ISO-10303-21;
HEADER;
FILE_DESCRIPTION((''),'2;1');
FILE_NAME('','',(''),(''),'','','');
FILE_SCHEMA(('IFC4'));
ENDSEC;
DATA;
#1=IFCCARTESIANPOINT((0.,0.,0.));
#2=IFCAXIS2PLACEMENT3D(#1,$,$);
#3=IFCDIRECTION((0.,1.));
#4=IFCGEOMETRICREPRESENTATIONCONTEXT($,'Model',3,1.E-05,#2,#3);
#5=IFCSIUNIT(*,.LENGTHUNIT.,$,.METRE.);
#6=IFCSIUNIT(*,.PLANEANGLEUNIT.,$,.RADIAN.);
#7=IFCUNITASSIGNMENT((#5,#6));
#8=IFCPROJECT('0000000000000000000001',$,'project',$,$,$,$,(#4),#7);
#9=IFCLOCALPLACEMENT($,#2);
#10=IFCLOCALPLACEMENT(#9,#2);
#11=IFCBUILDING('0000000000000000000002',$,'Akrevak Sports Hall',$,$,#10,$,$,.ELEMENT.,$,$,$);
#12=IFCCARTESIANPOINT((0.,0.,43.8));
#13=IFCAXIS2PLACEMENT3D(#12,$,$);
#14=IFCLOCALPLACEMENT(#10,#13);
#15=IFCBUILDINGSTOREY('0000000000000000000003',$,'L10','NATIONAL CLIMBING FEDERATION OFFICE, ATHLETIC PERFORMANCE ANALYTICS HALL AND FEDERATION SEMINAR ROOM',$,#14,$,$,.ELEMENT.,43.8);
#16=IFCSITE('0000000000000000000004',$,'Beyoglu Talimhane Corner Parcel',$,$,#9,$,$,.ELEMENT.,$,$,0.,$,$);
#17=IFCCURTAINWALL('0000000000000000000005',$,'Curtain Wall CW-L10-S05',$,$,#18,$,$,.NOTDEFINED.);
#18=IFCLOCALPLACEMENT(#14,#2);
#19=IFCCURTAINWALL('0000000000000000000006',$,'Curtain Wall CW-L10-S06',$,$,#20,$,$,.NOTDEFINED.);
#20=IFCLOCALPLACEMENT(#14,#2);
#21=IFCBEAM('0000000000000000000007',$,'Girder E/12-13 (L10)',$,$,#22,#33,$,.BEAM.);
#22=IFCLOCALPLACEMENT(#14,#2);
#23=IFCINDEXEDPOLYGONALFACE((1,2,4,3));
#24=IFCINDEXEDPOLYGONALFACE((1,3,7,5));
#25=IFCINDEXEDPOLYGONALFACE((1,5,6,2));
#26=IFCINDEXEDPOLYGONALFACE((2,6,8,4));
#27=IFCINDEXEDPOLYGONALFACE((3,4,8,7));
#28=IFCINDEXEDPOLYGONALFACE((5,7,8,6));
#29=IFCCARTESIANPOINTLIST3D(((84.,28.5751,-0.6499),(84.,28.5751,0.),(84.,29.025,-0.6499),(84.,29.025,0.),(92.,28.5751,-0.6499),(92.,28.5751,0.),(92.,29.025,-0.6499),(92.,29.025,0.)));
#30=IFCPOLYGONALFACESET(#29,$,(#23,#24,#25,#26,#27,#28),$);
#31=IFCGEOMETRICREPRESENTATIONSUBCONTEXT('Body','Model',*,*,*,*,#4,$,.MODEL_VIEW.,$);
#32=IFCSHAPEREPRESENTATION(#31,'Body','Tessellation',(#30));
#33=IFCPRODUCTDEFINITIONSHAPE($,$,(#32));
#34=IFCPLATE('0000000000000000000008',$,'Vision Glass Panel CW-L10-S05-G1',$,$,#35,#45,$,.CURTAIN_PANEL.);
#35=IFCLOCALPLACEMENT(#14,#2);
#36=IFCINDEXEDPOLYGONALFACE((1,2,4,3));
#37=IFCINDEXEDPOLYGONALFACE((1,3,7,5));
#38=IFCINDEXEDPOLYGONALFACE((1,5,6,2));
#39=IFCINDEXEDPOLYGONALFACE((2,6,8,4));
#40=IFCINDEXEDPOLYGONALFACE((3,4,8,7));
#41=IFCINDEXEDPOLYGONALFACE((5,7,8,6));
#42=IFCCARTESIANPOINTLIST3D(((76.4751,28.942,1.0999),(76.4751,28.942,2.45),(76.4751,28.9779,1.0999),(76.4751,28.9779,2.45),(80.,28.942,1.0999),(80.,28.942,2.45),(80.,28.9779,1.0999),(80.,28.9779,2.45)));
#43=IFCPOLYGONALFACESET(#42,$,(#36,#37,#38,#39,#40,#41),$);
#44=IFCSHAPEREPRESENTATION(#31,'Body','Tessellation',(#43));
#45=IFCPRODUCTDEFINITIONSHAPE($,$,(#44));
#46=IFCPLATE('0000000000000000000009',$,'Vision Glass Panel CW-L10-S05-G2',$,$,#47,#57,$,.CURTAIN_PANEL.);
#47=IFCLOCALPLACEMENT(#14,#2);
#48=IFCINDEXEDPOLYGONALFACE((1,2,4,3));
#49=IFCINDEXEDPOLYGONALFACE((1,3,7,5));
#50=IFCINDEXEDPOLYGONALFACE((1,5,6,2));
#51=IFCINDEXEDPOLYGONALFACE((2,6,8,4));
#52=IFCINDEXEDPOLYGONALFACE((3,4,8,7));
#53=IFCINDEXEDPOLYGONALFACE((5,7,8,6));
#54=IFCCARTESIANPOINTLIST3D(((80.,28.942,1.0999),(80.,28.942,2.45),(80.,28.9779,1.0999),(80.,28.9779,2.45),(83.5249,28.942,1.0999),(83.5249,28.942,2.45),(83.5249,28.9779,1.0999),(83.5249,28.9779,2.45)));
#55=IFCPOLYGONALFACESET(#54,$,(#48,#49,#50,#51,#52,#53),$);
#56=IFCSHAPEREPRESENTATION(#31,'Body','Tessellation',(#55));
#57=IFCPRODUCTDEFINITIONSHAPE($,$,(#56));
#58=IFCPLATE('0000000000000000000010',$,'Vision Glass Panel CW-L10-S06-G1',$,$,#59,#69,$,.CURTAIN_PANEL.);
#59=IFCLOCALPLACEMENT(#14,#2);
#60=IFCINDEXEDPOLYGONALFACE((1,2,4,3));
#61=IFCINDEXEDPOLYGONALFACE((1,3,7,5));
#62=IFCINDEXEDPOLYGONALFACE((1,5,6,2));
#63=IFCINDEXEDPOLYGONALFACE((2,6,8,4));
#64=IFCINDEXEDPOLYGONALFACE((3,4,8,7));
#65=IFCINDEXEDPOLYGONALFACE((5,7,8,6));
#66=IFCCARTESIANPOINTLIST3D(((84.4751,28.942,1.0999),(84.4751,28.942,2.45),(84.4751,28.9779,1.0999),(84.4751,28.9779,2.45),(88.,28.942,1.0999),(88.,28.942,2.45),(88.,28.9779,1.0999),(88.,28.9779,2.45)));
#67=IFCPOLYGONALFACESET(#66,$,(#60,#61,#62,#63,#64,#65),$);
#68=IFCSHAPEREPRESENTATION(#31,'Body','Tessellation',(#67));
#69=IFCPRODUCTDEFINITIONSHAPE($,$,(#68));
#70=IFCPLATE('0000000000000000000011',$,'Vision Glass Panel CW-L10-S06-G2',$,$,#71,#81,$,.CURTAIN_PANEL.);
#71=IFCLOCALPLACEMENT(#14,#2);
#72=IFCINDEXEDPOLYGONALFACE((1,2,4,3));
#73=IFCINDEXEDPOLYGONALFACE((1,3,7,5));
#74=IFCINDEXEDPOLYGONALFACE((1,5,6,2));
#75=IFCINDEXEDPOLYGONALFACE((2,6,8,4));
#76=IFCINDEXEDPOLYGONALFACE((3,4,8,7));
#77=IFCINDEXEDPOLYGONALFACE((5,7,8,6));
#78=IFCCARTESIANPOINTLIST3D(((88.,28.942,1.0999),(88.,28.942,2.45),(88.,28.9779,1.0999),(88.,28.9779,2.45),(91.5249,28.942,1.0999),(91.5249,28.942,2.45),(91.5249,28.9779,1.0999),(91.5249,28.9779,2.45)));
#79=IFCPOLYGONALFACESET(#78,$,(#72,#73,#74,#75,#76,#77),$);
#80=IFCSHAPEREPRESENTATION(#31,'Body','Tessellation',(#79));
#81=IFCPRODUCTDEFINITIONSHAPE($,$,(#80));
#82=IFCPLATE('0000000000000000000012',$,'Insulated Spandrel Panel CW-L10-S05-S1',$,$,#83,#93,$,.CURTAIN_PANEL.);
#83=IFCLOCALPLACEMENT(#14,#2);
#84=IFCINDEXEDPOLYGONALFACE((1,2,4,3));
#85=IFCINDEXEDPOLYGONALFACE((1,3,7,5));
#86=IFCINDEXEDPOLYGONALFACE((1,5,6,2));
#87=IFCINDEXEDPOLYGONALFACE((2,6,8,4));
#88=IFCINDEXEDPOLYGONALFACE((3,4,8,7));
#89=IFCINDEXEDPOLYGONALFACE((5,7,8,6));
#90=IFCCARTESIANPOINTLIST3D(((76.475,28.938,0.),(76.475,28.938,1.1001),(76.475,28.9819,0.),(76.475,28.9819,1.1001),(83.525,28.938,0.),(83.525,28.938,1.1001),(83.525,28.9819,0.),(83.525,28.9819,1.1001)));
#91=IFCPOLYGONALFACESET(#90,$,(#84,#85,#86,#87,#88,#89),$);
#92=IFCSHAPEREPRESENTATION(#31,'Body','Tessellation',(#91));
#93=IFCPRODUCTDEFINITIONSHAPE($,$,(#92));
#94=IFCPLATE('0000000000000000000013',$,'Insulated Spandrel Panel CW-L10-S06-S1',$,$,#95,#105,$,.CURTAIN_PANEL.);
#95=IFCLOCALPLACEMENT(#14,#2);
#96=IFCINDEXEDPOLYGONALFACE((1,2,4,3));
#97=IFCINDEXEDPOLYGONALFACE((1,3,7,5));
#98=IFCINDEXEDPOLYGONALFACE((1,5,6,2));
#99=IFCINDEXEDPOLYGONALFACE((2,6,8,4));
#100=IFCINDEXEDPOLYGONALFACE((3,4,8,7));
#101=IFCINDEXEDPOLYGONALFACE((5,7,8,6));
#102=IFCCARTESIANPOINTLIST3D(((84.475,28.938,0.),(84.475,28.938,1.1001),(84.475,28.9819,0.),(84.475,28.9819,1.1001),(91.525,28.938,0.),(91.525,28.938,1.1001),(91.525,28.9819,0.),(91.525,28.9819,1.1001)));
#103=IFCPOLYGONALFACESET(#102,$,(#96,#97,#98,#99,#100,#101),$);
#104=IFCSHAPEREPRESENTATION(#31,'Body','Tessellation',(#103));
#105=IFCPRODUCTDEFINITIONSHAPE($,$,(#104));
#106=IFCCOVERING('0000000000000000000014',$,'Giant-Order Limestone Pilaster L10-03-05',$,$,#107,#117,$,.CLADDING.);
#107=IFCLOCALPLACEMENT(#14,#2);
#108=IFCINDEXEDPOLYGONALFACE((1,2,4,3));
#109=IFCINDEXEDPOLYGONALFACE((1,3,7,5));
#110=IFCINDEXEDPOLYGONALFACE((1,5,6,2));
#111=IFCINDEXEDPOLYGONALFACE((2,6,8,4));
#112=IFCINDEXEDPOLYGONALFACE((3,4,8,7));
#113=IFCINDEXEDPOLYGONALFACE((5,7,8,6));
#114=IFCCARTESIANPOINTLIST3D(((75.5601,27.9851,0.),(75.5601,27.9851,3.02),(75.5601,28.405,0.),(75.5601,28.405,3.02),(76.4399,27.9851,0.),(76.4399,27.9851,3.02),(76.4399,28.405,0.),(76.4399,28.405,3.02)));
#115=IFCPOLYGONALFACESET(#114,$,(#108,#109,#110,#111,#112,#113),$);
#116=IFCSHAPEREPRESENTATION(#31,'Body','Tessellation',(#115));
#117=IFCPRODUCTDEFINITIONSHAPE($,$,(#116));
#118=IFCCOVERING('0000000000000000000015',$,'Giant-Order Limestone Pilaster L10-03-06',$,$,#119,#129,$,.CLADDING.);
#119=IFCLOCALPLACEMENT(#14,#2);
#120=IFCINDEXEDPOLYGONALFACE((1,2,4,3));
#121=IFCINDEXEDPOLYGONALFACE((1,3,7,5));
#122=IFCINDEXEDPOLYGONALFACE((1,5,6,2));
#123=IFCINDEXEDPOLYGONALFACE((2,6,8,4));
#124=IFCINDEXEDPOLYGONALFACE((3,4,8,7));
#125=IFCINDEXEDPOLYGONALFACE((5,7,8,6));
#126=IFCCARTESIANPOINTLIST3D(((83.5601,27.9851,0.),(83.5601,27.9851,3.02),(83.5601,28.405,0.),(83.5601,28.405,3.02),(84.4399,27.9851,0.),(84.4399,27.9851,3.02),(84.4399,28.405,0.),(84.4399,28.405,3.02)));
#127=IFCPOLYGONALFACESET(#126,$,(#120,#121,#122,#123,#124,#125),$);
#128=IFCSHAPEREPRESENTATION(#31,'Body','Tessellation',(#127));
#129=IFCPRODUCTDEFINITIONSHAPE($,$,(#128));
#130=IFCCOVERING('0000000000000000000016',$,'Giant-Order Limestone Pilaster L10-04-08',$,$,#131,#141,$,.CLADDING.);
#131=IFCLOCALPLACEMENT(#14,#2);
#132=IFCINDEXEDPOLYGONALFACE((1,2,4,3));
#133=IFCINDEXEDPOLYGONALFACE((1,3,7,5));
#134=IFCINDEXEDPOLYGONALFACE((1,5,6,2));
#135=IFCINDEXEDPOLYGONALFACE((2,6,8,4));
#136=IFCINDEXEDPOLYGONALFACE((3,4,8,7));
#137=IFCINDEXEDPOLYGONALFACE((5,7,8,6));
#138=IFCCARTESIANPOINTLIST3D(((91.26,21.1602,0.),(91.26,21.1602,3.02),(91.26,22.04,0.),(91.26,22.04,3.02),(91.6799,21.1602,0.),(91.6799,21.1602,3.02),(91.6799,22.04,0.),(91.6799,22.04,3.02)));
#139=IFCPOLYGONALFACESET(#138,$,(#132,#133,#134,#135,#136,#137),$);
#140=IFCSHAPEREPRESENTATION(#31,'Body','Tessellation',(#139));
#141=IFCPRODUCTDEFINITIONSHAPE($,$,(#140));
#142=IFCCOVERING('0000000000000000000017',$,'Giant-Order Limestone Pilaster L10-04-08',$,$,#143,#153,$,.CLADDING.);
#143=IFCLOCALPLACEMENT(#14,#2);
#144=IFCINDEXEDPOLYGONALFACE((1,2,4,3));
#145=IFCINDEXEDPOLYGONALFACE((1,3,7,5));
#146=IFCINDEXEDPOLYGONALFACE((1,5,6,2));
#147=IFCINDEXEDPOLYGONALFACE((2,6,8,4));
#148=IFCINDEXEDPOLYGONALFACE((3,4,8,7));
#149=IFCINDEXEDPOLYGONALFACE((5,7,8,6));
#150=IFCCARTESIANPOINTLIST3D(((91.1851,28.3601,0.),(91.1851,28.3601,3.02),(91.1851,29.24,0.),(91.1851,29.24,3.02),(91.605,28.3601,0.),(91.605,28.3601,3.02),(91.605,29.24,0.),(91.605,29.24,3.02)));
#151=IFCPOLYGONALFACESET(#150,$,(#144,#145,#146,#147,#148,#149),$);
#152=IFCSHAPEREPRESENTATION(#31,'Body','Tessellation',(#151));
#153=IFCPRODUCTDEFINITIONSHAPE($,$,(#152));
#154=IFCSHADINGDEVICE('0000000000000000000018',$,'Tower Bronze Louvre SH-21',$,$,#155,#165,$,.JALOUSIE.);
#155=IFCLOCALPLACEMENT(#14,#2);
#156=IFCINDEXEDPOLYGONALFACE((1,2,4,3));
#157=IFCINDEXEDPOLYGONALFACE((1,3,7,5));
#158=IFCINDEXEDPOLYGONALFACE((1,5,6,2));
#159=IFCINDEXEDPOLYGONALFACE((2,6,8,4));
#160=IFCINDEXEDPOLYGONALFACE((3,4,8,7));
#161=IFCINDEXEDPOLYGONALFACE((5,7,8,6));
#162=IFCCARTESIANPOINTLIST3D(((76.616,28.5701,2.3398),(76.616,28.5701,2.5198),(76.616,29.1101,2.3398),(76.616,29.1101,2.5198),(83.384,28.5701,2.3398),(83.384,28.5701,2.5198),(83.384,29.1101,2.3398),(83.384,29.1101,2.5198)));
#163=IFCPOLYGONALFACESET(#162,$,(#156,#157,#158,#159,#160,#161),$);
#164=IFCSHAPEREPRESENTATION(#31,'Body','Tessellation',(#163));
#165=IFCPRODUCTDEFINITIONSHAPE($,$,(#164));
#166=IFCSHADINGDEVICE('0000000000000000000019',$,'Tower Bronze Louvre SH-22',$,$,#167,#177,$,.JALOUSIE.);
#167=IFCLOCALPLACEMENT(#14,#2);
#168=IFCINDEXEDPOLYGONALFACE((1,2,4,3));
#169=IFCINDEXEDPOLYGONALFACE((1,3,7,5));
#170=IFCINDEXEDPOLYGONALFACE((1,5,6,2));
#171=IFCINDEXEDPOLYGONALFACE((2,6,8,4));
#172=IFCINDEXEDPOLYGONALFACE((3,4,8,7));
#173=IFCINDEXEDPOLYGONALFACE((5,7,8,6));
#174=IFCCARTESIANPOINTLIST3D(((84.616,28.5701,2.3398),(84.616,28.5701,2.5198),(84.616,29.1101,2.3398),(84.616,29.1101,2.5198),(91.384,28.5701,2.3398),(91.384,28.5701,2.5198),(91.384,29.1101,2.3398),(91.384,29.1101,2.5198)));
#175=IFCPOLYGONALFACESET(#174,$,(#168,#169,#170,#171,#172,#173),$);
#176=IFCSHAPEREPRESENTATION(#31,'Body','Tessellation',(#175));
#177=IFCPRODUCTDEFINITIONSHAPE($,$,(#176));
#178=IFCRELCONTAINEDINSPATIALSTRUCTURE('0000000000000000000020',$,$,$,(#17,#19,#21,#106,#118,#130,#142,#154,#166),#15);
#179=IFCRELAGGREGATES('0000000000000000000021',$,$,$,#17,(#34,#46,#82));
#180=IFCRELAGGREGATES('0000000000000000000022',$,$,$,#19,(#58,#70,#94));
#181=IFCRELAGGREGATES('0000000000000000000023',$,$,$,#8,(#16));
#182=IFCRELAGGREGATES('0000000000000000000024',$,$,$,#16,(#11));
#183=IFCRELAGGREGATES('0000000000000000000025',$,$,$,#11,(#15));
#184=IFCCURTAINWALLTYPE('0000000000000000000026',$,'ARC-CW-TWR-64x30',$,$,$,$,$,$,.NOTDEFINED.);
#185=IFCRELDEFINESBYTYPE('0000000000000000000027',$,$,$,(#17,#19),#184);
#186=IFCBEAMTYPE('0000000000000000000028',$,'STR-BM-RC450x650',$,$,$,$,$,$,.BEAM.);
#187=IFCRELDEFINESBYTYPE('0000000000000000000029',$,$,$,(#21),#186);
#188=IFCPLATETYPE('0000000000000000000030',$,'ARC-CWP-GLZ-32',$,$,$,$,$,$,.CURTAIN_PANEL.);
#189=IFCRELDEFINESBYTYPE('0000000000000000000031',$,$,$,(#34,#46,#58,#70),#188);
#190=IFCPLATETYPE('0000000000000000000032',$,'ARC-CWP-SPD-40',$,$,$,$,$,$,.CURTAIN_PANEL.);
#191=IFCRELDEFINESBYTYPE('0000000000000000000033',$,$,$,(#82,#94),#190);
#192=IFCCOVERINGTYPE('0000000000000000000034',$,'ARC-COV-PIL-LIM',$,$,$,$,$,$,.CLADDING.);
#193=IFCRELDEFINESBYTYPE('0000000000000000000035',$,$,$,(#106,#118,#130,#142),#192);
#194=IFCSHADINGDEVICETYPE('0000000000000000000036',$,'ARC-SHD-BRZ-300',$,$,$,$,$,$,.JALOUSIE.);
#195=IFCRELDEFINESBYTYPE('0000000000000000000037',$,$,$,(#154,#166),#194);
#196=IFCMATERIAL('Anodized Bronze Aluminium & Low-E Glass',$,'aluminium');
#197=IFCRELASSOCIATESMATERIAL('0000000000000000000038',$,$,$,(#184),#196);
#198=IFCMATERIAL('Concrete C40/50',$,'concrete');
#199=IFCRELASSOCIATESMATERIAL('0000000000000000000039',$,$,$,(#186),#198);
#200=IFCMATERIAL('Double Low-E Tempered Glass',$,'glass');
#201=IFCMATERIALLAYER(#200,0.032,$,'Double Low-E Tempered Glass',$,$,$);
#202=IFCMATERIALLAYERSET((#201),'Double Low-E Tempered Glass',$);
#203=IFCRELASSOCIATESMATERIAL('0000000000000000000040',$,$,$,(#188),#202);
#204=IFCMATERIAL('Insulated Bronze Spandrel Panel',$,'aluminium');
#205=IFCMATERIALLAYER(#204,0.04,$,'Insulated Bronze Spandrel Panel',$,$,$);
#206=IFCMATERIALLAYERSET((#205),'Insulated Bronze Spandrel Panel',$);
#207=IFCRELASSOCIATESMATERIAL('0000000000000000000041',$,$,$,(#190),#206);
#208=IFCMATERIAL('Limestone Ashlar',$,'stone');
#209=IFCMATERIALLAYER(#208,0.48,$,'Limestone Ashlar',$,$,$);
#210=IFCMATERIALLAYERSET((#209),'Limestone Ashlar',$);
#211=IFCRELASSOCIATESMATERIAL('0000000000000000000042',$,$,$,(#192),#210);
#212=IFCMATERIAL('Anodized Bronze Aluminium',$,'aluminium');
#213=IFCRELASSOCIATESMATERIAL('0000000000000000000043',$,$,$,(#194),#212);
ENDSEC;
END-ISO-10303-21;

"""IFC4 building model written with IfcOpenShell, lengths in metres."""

from ifc_helpers import new_model, si_unit, direction, frame, origin, origin_2d, place, context, subcontext, project, spatial, rectangle, extrude, material, layer, layer_set, material_profile, profile_set, type_object, element, aggregate, save


model = new_model("IFC4")

# Units and contexts
model_context = context("Model", 3, precision=1e-05, world=origin(), true_north=direction((0.0, 1.0)))
body_context = subcontext(model_context, "Body", "Model", "MODEL_VIEW")
ifc_project = project(units=[si_unit("LENGTHUNIT", "METRE"), si_unit("PLANEANGLEUNIT", "RADIAN")], contexts=[model_context])

# Site, building, storey
site_placement = place(None, origin())
site = spatial("IfcSite", under=ifc_project, at=site_placement, Name="Beyoglu Talimhane Corner Parcel", CompositionType="ELEMENT", RefElevation=0.0)
building_placement = place(site_placement, origin())
building = spatial("IfcBuilding", under=site, at=building_placement, Name="Akrevak Sports Hall", CompositionType="ELEMENT")
storey_placement = place(building_placement, frame((0.0, 0.0, 43.8)))
storey = spatial("IfcBuildingStorey", under=building, at=storey_placement, Name="L10", Description="NATIONAL CLIMBING FEDERATION OFFICE, ATHLETIC PERFORMANCE ANALYTICS HALL AND FEDERATION SEMINAR ROOM", CompositionType="ELEMENT", Elevation=43.8)

# Curtain walls
ifc_material_1 = material(Name="Anodized Bronze Aluminium & Low-E Glass", Category="aluminium")
curtain_wall_type = type_object("IfcCurtainWallType", Name="ARC-CW-TWR-64x30", PredefinedType="NOTDEFINED", material=ifc_material_1)
curtain_wall_1_placement = place(storey_placement, origin())
curtain_wall_1 = element("IfcCurtainWall", 1, at=curtain_wall_1_placement, inside=storey, type_object=curtain_wall_type, Name="Curtain Wall CW-L10-S05", PredefinedType="NOTDEFINED")
ifc_material_2 = material(Name="Anodized Bronze Aluminium", Category="aluminium")
curtain_wall_2_placement = place(storey_placement, origin())
curtain_wall_2 = element("IfcCurtainWall", 2, at=curtain_wall_2_placement, inside=storey, type_object=curtain_wall_type, Name="Curtain Wall CW-L10-S06", PredefinedType="NOTDEFINED")

# Beam
ifc_material_3 = material(Name="Concrete C40/50", Category="concrete")
ifc_material_profile_1 = material_profile(ifc_material_3, rectangle(XDim=0.45, YDim=0.6499, at=origin_2d()), Name="BM 450x650", Category="concrete")
ifc_profile_set_1 = profile_set([ifc_material_profile_1], Name="Concrete C40/50")
beam_type = type_object("IfcBeamType", Name="STR-BM-RC450x650", PredefinedType="BEAM", material=ifc_profile_set_1)
beam_placement = place(storey_placement, frame((84.0, 28.8, -0.325), z_axis=(1.0, 0.0, 0.0), x_axis=(0.0, 1.0, 0.0)))
element("IfcBeam", 3, at=beam_placement, inside=storey, type_object=beam_type, Name="Girder E/12-13 (L10)", PredefinedType="BEAM", context=body_context, shape_type="SweptSolid", body=[
    extrude(rectangle(XDim=0.45, YDim=0.6499, at=origin_2d()), origin(), (0.0, 0.0, 1.0), 8.0),
])

# Plates
ifc_material_4 = material(Name="Double Low-E Tempered Glass", Category="glass")
ifc_layer_1 = layer(ifc_material_4, 0.032, Name="Double Low-E Tempered Glass")
ifc_layer_set_1 = layer_set([ifc_layer_1], Name="Double Low-E Tempered Glass")
plate_type_1 = type_object("IfcPlateType", Name="ARC-CWP-GLZ-32", PredefinedType="CURTAIN_PANEL", material=ifc_layer_set_1)
plate_1_placement = place(storey_placement, frame((78.2375, 28.96, 1.0999), z_axis=(0.0, 0.0, 1.0), x_axis=(1.0, 0.0, 0.0)))
plate_1 = element("IfcPlate", 4, at=plate_1_placement, type_object=plate_type_1, Name="Vision Glass Panel CW-L10-S05-G1", PredefinedType="CURTAIN_PANEL", context=body_context, shape_type="SweptSolid", body=[
    extrude(rectangle(XDim=3.5249, YDim=0.0359, at=origin_2d()), origin(), (0.0, 0.0, 1.0), 1.3501),
])
plate_2_placement = place(storey_placement, frame((81.7625, 28.96, 1.0999), z_axis=(0.0, 0.0, 1.0), x_axis=(1.0, 0.0, 0.0)))
plate_2 = element("IfcPlate", 5, at=plate_2_placement, type_object=plate_type_1, Name="Vision Glass Panel CW-L10-S05-G2", PredefinedType="CURTAIN_PANEL", context=body_context, shape_type="SweptSolid", body=[
    extrude(rectangle(XDim=3.5249, YDim=0.0359, at=origin_2d()), origin(), (0.0, 0.0, 1.0), 1.3501),
])
plate_3_placement = place(storey_placement, frame((86.2375, 28.96, 1.0999), z_axis=(0.0, 0.0, 1.0), x_axis=(1.0, 0.0, 0.0)))
plate_3 = element("IfcPlate", 6, at=plate_3_placement, type_object=plate_type_1, Name="Vision Glass Panel CW-L10-S06-G1", PredefinedType="CURTAIN_PANEL", context=body_context, shape_type="SweptSolid", body=[
    extrude(rectangle(XDim=3.5249, YDim=0.0359, at=origin_2d()), origin(), (0.0, 0.0, 1.0), 1.3501),
])
plate_4_placement = place(storey_placement, frame((89.7625, 28.96, 1.0999), z_axis=(0.0, 0.0, 1.0), x_axis=(1.0, 0.0, 0.0)))
plate_4 = element("IfcPlate", 7, at=plate_4_placement, type_object=plate_type_1, Name="Vision Glass Panel CW-L10-S06-G2", PredefinedType="CURTAIN_PANEL", context=body_context, shape_type="SweptSolid", body=[
    extrude(rectangle(XDim=3.5249, YDim=0.0359, at=origin_2d()), origin(), (0.0, 0.0, 1.0), 1.3501),
])
ifc_material_5 = material(Name="Insulated Bronze Spandrel Panel", Category="aluminium")
ifc_layer_2 = layer(ifc_material_5, 0.04, Name="Insulated Bronze Spandrel Panel")
ifc_layer_set_2 = layer_set([ifc_layer_2], Name="Insulated Bronze Spandrel Panel")
plate_type_2 = type_object("IfcPlateType", Name="ARC-CWP-SPD-40", PredefinedType="CURTAIN_PANEL", material=ifc_layer_set_2)
plate_5_placement = place(storey_placement, frame((80.0, 28.96, 0.0), z_axis=(0.0, 0.0, 1.0), x_axis=(1.0, 0.0, 0.0)))
plate_5 = element("IfcPlate", 8, at=plate_5_placement, type_object=plate_type_2, Name="Insulated Spandrel Panel CW-L10-S05-S1", PredefinedType="CURTAIN_PANEL", context=body_context, shape_type="SweptSolid", body=[
    extrude(rectangle(XDim=7.05, YDim=0.0439, at=origin_2d()), origin(), (0.0, 0.0, 1.0), 1.1001),
])
aggregate(curtain_wall_1, [plate_1, plate_2, plate_5])
plate_6_placement = place(storey_placement, frame((88.0, 28.96, 0.0), z_axis=(0.0, 0.0, 1.0), x_axis=(1.0, 0.0, 0.0)))
plate_6 = element("IfcPlate", 9, at=plate_6_placement, type_object=plate_type_2, Name="Insulated Spandrel Panel CW-L10-S06-S1", PredefinedType="CURTAIN_PANEL", context=body_context, shape_type="SweptSolid", body=[
    extrude(rectangle(XDim=7.05, YDim=0.0439, at=origin_2d()), origin(), (0.0, 0.0, 1.0), 1.1001),
])
aggregate(curtain_wall_2, [plate_3, plate_4, plate_6])

# Coverings
ifc_material_6 = material(Name="Limestone Ashlar", Category="stone")
ifc_layer_3 = layer(ifc_material_6, 0.48, Name="Limestone Ashlar")
ifc_layer_set_3 = layer_set([ifc_layer_3], Name="Limestone Ashlar")
covering_type = type_object("IfcCoveringType", Name="ARC-COV-PIL-LIM", PredefinedType="CLADDING", material=ifc_layer_set_3)
for number, where, z_axis, x_axis, name in (
    (10, (76.0, 28.1951, 0.0), (0.0, 0.0, 1.0), (1.0, 0.0, 0.0), "Giant-Order Limestone Pilaster L10-03-05"),
    (11, (84.0, 28.1951, 0.0), (0.0, 0.0, 1.0), (1.0, 0.0, 0.0), "Giant-Order Limestone Pilaster L10-03-06"),
    (12, (91.47, 21.6001, 0.0), (0.0, 0.0, 1.0), (0.0, -1.0, 0.0), "Giant-Order Limestone Pilaster L10-04-08"),
    (13, (91.395, 28.8, 0.0), (0.0, 0.0, 1.0), (0.0, -1.0, 0.0), "Giant-Order Limestone Pilaster L10-04-08"),
):
    element("IfcCovering", number, at=place(storey_placement, frame(where, z_axis=z_axis, x_axis=x_axis)), inside=storey, type_object=covering_type, Name=name, PredefinedType="CLADDING", context=body_context, shape_type="SweptSolid", body=[
        extrude(rectangle(XDim=0.8799, YDim=0.4199, at=origin_2d()), origin(), (0.0, 0.0, 1.0), 3.02),
    ])

# Shading devices
shading_device_type = type_object("IfcShadingDeviceType", Name="ARC-SHD-BRZ-300", PredefinedType="JALOUSIE", material=ifc_material_2)
for number, where, z_axis, x_axis, name in (
    (14, (80.0, 28.8401, 2.3398), (0.0, 0.0, 1.0), (1.0, 0.0, 0.0), "Tower Bronze Louvre SH-21"),
    (15, (88.0, 28.8401, 2.3398), (0.0, 0.0, 1.0), (1.0, 0.0, 0.0), "Tower Bronze Louvre SH-22"),
):
    element("IfcShadingDevice", number, at=place(storey_placement, frame(where, z_axis=z_axis, x_axis=x_axis)), inside=storey, type_object=shading_device_type, Name=name, PredefinedType="JALOUSIE", context=body_context, shape_type="SweptSolid", body=[
        extrude(rectangle(XDim=6.7681, YDim=0.54, at=origin_2d()), origin(), (0.0, 0.0, 1.0), 0.1799),
    ])

save(model, "model.ifc")
